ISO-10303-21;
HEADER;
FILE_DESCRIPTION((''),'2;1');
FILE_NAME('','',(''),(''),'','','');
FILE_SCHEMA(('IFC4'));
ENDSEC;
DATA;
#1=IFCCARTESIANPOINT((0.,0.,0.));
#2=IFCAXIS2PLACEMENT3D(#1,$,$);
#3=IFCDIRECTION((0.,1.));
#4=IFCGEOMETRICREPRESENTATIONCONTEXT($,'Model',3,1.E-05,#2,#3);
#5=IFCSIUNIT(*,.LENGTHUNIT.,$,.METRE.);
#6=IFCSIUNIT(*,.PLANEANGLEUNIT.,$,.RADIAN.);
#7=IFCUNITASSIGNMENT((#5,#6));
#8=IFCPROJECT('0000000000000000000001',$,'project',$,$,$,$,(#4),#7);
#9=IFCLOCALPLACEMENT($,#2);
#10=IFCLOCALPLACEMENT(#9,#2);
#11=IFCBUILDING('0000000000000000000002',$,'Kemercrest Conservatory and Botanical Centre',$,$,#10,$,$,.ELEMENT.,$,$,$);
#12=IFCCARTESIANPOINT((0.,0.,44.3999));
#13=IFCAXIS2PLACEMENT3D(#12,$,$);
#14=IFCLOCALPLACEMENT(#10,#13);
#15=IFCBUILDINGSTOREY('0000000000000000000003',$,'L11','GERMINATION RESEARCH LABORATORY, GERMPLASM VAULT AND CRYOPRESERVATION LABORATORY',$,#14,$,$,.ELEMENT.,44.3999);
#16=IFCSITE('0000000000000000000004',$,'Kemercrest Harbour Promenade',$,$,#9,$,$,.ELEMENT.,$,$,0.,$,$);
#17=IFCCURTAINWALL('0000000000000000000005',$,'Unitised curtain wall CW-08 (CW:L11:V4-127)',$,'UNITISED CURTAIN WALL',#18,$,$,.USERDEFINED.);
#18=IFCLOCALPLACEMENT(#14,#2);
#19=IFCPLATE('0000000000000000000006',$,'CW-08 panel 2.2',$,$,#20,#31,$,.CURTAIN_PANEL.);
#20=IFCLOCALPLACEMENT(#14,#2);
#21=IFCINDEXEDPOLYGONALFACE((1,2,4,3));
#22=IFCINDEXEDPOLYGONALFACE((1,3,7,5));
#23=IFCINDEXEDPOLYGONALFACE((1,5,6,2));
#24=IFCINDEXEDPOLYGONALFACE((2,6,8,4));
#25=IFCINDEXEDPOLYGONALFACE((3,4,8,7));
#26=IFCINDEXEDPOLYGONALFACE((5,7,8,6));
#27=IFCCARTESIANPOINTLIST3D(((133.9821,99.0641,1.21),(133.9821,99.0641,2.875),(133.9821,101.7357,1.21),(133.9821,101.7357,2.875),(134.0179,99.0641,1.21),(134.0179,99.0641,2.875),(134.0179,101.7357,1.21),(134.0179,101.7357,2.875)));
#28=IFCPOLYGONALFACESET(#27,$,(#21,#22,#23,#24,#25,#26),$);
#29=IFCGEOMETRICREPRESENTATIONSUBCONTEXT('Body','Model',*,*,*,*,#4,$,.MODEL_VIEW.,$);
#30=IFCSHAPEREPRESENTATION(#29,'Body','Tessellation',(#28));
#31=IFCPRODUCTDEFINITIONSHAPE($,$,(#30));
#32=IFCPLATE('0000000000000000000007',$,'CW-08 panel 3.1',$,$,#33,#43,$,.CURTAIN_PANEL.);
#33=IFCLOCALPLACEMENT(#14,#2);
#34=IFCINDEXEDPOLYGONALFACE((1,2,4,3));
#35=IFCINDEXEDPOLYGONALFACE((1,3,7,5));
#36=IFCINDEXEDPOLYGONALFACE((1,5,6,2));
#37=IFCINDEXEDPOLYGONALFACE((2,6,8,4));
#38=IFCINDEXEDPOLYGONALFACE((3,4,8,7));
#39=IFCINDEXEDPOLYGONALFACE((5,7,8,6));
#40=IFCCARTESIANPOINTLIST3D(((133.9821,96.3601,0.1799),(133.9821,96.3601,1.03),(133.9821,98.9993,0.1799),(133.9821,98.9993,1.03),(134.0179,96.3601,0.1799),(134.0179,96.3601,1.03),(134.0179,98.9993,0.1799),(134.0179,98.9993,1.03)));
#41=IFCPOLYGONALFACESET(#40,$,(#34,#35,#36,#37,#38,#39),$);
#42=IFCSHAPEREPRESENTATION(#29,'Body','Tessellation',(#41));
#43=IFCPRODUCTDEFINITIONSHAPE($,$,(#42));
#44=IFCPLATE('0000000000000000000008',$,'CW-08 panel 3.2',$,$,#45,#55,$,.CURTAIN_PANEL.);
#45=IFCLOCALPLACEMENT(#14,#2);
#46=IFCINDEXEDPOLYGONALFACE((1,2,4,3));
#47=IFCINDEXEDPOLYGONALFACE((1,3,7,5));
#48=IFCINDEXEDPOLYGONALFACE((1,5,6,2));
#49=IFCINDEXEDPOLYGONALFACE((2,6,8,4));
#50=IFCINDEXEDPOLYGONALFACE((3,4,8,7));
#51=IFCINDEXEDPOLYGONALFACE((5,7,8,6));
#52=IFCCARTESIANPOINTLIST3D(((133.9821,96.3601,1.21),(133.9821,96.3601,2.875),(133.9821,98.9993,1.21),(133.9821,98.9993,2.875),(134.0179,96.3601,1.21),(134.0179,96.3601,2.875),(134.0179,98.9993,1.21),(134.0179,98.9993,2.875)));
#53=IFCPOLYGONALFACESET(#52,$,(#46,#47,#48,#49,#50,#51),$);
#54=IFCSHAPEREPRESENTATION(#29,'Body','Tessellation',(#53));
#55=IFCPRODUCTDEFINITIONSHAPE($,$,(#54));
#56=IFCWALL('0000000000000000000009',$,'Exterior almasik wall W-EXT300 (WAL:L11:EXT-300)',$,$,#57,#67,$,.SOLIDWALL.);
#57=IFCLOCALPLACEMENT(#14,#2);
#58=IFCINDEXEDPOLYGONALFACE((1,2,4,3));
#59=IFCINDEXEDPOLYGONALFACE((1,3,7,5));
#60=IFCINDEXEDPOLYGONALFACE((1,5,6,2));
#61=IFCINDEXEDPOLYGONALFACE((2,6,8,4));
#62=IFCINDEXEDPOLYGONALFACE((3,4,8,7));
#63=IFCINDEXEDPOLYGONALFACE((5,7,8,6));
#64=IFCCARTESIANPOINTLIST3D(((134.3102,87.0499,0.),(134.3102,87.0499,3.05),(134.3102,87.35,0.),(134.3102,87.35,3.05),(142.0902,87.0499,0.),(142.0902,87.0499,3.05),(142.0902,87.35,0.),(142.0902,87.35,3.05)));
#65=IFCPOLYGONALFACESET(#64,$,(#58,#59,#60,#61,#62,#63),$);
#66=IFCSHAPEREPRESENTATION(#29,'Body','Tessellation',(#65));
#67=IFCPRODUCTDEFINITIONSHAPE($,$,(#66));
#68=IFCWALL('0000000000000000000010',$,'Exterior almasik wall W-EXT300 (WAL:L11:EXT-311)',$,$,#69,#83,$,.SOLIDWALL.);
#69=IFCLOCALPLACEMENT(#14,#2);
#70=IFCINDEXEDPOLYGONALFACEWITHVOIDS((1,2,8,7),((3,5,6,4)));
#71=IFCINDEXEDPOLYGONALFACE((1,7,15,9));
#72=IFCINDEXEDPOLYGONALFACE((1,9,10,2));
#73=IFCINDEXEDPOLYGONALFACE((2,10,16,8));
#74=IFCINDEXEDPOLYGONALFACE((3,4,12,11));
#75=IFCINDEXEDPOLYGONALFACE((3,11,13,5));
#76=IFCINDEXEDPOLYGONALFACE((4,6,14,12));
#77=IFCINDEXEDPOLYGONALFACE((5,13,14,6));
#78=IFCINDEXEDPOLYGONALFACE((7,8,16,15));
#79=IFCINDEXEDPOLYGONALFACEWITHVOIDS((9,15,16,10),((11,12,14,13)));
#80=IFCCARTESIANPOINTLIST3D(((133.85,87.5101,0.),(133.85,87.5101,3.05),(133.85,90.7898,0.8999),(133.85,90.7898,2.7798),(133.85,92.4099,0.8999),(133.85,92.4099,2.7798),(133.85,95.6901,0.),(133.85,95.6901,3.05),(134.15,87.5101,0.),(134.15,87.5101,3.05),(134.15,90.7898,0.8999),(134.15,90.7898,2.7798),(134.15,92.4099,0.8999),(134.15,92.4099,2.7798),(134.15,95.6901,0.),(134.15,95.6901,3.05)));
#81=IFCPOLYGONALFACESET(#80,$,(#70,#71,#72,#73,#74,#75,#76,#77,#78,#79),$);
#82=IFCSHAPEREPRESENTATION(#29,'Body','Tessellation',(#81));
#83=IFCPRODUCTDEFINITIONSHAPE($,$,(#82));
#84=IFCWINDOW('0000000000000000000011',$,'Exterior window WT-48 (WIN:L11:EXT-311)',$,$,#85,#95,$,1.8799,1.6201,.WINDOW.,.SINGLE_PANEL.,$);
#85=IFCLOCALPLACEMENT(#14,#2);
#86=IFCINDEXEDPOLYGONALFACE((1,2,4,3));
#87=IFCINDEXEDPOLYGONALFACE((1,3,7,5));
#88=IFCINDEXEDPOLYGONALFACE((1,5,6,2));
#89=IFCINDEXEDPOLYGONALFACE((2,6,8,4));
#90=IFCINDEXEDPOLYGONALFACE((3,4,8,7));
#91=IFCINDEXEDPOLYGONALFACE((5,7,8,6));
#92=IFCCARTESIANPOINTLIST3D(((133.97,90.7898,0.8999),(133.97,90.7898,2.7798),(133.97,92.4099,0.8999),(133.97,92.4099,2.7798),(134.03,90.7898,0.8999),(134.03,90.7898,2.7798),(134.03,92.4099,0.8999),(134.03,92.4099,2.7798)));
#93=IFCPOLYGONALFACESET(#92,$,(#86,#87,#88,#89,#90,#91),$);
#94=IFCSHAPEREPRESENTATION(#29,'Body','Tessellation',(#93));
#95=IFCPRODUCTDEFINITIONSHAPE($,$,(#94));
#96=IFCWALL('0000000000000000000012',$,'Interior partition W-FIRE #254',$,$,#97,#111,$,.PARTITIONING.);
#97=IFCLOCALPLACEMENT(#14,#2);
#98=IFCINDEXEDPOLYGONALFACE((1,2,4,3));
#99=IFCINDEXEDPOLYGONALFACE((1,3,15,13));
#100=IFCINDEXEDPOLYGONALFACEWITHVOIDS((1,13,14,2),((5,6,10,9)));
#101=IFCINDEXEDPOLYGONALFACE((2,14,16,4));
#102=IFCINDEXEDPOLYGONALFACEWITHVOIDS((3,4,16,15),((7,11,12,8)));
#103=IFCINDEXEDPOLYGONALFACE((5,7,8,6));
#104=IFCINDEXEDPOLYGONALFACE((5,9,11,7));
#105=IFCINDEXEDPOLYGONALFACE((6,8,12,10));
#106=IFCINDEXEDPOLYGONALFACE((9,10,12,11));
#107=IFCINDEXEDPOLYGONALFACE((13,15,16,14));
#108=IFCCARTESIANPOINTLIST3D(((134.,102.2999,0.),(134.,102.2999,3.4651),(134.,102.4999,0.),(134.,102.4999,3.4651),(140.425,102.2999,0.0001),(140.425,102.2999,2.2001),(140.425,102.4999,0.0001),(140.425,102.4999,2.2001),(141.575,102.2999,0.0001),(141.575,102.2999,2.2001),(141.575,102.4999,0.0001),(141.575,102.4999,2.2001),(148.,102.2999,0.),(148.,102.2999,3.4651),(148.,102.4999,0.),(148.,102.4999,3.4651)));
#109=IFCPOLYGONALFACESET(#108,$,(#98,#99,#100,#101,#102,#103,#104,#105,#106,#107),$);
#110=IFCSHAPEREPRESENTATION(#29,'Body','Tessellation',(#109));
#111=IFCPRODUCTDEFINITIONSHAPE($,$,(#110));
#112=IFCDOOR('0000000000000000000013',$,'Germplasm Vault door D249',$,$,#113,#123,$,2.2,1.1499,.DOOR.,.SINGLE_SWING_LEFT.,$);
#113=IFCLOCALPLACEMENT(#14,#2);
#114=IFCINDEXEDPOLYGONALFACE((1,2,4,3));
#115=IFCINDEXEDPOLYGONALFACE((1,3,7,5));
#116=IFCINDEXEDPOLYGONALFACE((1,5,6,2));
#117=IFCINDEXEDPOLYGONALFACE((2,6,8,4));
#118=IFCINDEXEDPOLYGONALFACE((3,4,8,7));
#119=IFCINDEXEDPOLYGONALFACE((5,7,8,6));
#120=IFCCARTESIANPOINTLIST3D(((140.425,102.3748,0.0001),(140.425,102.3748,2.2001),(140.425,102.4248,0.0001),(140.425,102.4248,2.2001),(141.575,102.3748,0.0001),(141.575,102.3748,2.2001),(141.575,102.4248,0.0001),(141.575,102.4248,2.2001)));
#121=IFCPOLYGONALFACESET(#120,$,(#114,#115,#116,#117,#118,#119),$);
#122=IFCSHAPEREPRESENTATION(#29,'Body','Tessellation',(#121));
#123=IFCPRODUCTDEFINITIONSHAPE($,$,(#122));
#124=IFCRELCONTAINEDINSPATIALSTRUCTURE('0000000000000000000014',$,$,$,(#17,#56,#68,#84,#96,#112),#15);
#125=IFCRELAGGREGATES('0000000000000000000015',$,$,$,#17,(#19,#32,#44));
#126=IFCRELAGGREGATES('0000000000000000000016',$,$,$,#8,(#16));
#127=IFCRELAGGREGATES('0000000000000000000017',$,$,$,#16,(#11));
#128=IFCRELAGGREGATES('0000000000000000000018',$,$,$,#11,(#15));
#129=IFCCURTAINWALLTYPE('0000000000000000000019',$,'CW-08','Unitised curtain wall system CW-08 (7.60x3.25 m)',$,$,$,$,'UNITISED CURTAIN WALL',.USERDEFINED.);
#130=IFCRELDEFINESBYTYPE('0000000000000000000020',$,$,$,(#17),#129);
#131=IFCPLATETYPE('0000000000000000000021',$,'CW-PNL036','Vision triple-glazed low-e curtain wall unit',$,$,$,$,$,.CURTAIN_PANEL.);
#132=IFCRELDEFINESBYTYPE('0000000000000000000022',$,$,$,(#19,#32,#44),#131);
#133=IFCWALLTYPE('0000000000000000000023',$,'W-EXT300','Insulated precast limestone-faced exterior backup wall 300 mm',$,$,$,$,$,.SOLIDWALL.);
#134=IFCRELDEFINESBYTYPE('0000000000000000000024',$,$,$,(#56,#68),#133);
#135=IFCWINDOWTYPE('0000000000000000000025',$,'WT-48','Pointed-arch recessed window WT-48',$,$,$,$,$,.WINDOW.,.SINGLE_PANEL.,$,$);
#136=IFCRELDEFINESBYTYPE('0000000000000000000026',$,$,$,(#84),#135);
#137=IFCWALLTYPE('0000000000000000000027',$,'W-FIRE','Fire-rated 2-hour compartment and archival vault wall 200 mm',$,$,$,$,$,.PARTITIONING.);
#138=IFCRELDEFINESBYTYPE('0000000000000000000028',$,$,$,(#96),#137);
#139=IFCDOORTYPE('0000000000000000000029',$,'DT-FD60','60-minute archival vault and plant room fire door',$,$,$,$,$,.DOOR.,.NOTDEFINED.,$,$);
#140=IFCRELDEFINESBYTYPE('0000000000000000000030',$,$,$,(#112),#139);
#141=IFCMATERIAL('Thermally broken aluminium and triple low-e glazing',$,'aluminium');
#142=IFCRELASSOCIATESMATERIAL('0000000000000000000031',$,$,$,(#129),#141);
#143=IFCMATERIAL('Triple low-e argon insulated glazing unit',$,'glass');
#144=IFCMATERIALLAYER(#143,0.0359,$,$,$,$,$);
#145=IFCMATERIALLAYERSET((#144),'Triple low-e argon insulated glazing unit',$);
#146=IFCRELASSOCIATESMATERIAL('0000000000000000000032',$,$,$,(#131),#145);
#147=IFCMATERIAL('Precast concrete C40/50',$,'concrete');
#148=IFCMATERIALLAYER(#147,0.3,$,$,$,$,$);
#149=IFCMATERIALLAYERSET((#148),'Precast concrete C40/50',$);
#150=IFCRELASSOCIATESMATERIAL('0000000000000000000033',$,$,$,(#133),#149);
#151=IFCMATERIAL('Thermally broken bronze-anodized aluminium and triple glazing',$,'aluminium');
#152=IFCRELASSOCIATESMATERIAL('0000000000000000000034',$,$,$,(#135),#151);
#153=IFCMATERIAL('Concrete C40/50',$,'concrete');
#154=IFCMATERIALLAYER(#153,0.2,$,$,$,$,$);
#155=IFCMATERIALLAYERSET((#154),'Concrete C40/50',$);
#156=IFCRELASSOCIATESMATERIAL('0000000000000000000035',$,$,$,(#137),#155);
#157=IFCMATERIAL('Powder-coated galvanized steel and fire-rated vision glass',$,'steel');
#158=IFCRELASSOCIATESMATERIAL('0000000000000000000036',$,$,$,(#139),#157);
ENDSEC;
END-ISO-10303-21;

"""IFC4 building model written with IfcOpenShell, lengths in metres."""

from ifc_helpers import new_model, si_unit, direction, frame, frame_2d, origin, origin_2d, place, context, subcontext, project, spatial, rectangle, extrude, material, layer, layer_set, type_object, element, fill, aggregate, save


model = new_model("IFC4")

# Units and contexts
model_context = context("Model", 3, precision=1e-05, world=origin(), true_north=direction((0.0, 1.0)))
body_context = subcontext(model_context, "Body", "Model", "MODEL_VIEW")
ifc_project = project(units=[si_unit("LENGTHUNIT", "METRE"), si_unit("PLANEANGLEUNIT", "RADIAN")], contexts=[model_context])

# Site, building, storey
site_placement = place(None, origin())
site = spatial("IfcSite", under=ifc_project, at=site_placement, Name="Kemercrest Harbour Promenade", CompositionType="ELEMENT", RefElevation=0.0)
building_placement = place(site_placement, origin())
building = spatial("IfcBuilding", under=site, at=building_placement, Name="Kemercrest Conservatory and Botanical Centre", CompositionType="ELEMENT")
storey_placement = place(building_placement, frame((0.0, 0.0, 44.3999)))
storey = spatial("IfcBuildingStorey", under=building, at=storey_placement, Name="L11", Description="GERMINATION RESEARCH LABORATORY, GERMPLASM VAULT AND CRYOPRESERVATION LABORATORY", CompositionType="ELEMENT", Elevation=44.3999)

# Shared definitions
ifc_material_1 = material(Name="Concrete C40/50", Category="concrete")

# Curtain wall
ifc_material_2 = material(Name="Thermally broken aluminium and triple low-e glazing", Category="aluminium")
curtain_wall_type = type_object("IfcCurtainWallType", Name="CW-08", Description="Unitised curtain wall system CW-08 (7.60x3.25 m)", ElementType="UNITISED CURTAIN WALL", PredefinedType="USERDEFINED", material=ifc_material_2)
curtain_wall_placement = place(storey_placement, origin())
curtain_wall = element("IfcCurtainWall", 1, at=curtain_wall_placement, inside=storey, type_object=curtain_wall_type, Name="Unitised curtain wall CW-08 (CW:L11:V4-127)", ObjectType="UNITISED CURTAIN WALL", PredefinedType="USERDEFINED")

# Plates
ifc_material_3 = material(Name="Triple low-e argon insulated glazing unit", Category="glass")
ifc_layer_1 = layer(ifc_material_3, 0.0359)
ifc_layer_set_1 = layer_set([ifc_layer_1], Name="Triple low-e argon insulated glazing unit")
plate_type = type_object("IfcPlateType", Name="CW-PNL036", Description="Vision triple-glazed low-e curtain wall unit", PredefinedType="CURTAIN_PANEL", material=ifc_layer_set_1)
plate_1_placement = place(storey_placement, frame((134.0, 100.3999, 1.21), z_axis=(0.0, 0.0, 1.0), x_axis=(0.0, -1.0, 0.0)))
plate_1 = element("IfcPlate", 2, at=plate_1_placement, type_object=plate_type, Name="CW-08 panel 2.2", PredefinedType="CURTAIN_PANEL", context=body_context, shape_type="SweptSolid", body=[
    extrude(rectangle(XDim=2.6716, YDim=0.0359, at=origin_2d()), origin(), (0.0, 0.0, 1.0), 1.665),
])
plate_2_placement = place(storey_placement, frame((134.0, 97.6797, 0.1799), z_axis=(0.0, 0.0, 1.0), x_axis=(0.0, -1.0, 0.0)))
plate_2 = element("IfcPlate", 3, at=plate_2_placement, type_object=plate_type, Name="CW-08 panel 3.1", PredefinedType="CURTAIN_PANEL", context=body_context, shape_type="SweptSolid", body=[
    extrude(rectangle(XDim=2.6392, YDim=0.0359, at=origin_2d()), origin(), (0.0, 0.0, 1.0), 0.8501),
])
plate_3_placement = place(storey_placement, frame((134.0, 97.6797, 1.21), z_axis=(0.0, 0.0, 1.0), x_axis=(0.0, -1.0, 0.0)))
plate_3 = element("IfcPlate", 4, at=plate_3_placement, type_object=plate_type, Name="CW-08 panel 3.2", PredefinedType="CURTAIN_PANEL", context=body_context, shape_type="SweptSolid", body=[
    extrude(rectangle(XDim=2.6392, YDim=0.0359, at=origin_2d()), origin(), (0.0, 0.0, 1.0), 1.665),
])
aggregate(curtain_wall, [plate_1, plate_2, plate_3])

# Wall
ifc_material_4 = material(Name="Precast concrete C40/50", Category="concrete")
ifc_layer_2 = layer(ifc_material_4, 0.3)
ifc_layer_set_2 = layer_set([ifc_layer_2], Name="Precast concrete C40/50")
wall_type_1 = type_object("IfcWallType", Name="W-EXT300", Description="Insulated precast limestone-faced exterior backup wall 300 mm", PredefinedType="SOLIDWALL", material=ifc_layer_set_2)
wall_1_placement = place(storey_placement, frame((134.3101, 87.2, 0.0), z_axis=(0.0, 0.0, 1.0), x_axis=(1.0, 0.0, 0.0)))
element("IfcWall", 5, at=wall_1_placement, inside=storey, type_object=wall_type_1, Name="Exterior almasik wall W-EXT300 (WAL:L11:EXT-300)", PredefinedType="SOLIDWALL", context=body_context, shape_type="SweptSolid", body=[
    extrude(rectangle(XDim=7.78, YDim=0.3, at=frame_2d((3.8901, 0.0))), origin(), (0.0, 0.0, 1.0), 3.05),
])

# Wall, opening, window
wall_2_placement = place(storey_placement, frame((134.0, 95.6899, 0.0), z_axis=(0.0, 0.0, 1.0), x_axis=(0.0, -1.0, 0.0)))
wall_2 = element("IfcWall", 6, at=wall_2_placement, inside=storey, type_object=wall_type_1, Name="Exterior almasik wall W-EXT300 (WAL:L11:EXT-311)", PredefinedType="SOLIDWALL", context=body_context, shape_type="SweptSolid", body=[
    extrude(rectangle(XDim=8.1799, YDim=0.3, at=frame_2d((4.0898, 0.0))), origin(), (0.0, 0.0, 1.0), 3.05),
])
opening_1_placement = place(wall_2_placement, frame((3.28, 0.0, 0.8999)))
opening_1 = element("IfcOpeningElement", 7, at=opening_1_placement, cuts=wall_2, PredefinedType="OPENING", context=body_context, shape_type="SweptSolid", body=[
    extrude(rectangle(XDim=1.6201, YDim=1.8799, at=frame_2d((0.8101, 0.9399))), frame((0.0, 0.1602, 0.0), z_axis=(0.0, -1.0, 0.0), x_axis=(1.0, 0.0, 0.0)), (0.0, 0.0, 1.0), 0.3201),
])
ifc_material_5 = material(Name="Thermally broken bronze-anodized aluminium and triple glazing", Category="aluminium")
window_type = type_object("IfcWindowType", Name="WT-48", Description="Pointed-arch recessed window WT-48", PartitioningType="SINGLE_PANEL", PredefinedType="WINDOW", material=ifc_material_5)
window_placement = place(opening_1_placement, origin())
window = element("IfcWindow", 8, at=window_placement, inside=storey, type_object=window_type, Name="Exterior window WT-48 (WIN:L11:EXT-311)", OverallHeight=1.8799, OverallWidth=1.6201, PartitioningType="SINGLE_PANEL", PredefinedType="WINDOW", context=body_context, shape_type="SweptSolid", body=[
    extrude(rectangle(XDim=1.6201, YDim=1.8799, at=frame_2d((0.8101, 0.9399))), frame((0.0, 0.03, 0.0), z_axis=(0.0, -1.0, 0.0), x_axis=(1.0, 0.0, 0.0)), (0.0, 0.0, 1.0), 0.0601),
])
fill(opening_1, window)

# Wall, opening, door
ifc_layer_3 = layer(ifc_material_1, 0.2)
ifc_layer_set_3 = layer_set([ifc_layer_3], Name="Concrete C40/50")
wall_type_2 = type_object("IfcWallType", Name="W-FIRE", Description="Fire-rated 2-hour compartment and archival vault wall 200 mm", PredefinedType="PARTITIONING", material=ifc_layer_set_3)
wall_3_placement = place(storey_placement, frame((134.0, 102.3999, 0.0), z_axis=(0.0, 0.0, 1.0), x_axis=(1.0, 0.0, 0.0)))
wall_3 = element("IfcWall", 9, at=wall_3_placement, inside=storey, type_object=wall_type_2, Name="Interior partition W-FIRE #254", PredefinedType="PARTITIONING", context=body_context, shape_type="SweptSolid", body=[
    extrude(rectangle(XDim=14.0, YDim=0.2, at=frame_2d((7.0, 0.0))), origin(), (0.0, 0.0, 1.0), 3.4651),
])
opening_2_placement = place(wall_3_placement, frame((6.425, 0.0, 0.0)))
opening_2 = element("IfcOpeningElement", 10, at=opening_2_placement, cuts=wall_3, PredefinedType="OPENING", context=body_context, shape_type="SweptSolid", body=[
    extrude(rectangle(XDim=1.1499, YDim=2.2, at=frame_2d((0.575, 1.1001))), frame((0.0, 0.1099, 0.0), z_axis=(0.0, -1.0, 0.0), x_axis=(1.0, 0.0, 0.0)), (0.0, 0.0, 1.0), 0.22),
])
ifc_material_6 = material(Name="Powder-coated galvanized steel and fire-rated vision glass", Category="steel")
door_type = type_object("IfcDoorType", Name="DT-FD60", Description="60-minute archival vault and plant room fire door", OperationType="NOTDEFINED", PredefinedType="DOOR", material=ifc_material_6)
door_placement = place(opening_2_placement, origin())
door = element("IfcDoor", 11, at=door_placement, inside=storey, type_object=door_type, Name="Germplasm Vault door D249", OperationType="SINGLE_SWING_LEFT", OverallHeight=2.2, OverallWidth=1.1499, PredefinedType="DOOR", context=body_context, shape_type="SweptSolid", body=[
    extrude(rectangle(XDim=1.1499, YDim=2.2, at=frame_2d((0.575, 1.1001))), frame((0.0, 0.0249, 0.0), z_axis=(0.0, -1.0, 0.0), x_axis=(1.0, 0.0, 0.0)), (0.0, 0.0, 1.0), 0.05),
])
fill(opening_2, door)

save(model, "model.ifc")
